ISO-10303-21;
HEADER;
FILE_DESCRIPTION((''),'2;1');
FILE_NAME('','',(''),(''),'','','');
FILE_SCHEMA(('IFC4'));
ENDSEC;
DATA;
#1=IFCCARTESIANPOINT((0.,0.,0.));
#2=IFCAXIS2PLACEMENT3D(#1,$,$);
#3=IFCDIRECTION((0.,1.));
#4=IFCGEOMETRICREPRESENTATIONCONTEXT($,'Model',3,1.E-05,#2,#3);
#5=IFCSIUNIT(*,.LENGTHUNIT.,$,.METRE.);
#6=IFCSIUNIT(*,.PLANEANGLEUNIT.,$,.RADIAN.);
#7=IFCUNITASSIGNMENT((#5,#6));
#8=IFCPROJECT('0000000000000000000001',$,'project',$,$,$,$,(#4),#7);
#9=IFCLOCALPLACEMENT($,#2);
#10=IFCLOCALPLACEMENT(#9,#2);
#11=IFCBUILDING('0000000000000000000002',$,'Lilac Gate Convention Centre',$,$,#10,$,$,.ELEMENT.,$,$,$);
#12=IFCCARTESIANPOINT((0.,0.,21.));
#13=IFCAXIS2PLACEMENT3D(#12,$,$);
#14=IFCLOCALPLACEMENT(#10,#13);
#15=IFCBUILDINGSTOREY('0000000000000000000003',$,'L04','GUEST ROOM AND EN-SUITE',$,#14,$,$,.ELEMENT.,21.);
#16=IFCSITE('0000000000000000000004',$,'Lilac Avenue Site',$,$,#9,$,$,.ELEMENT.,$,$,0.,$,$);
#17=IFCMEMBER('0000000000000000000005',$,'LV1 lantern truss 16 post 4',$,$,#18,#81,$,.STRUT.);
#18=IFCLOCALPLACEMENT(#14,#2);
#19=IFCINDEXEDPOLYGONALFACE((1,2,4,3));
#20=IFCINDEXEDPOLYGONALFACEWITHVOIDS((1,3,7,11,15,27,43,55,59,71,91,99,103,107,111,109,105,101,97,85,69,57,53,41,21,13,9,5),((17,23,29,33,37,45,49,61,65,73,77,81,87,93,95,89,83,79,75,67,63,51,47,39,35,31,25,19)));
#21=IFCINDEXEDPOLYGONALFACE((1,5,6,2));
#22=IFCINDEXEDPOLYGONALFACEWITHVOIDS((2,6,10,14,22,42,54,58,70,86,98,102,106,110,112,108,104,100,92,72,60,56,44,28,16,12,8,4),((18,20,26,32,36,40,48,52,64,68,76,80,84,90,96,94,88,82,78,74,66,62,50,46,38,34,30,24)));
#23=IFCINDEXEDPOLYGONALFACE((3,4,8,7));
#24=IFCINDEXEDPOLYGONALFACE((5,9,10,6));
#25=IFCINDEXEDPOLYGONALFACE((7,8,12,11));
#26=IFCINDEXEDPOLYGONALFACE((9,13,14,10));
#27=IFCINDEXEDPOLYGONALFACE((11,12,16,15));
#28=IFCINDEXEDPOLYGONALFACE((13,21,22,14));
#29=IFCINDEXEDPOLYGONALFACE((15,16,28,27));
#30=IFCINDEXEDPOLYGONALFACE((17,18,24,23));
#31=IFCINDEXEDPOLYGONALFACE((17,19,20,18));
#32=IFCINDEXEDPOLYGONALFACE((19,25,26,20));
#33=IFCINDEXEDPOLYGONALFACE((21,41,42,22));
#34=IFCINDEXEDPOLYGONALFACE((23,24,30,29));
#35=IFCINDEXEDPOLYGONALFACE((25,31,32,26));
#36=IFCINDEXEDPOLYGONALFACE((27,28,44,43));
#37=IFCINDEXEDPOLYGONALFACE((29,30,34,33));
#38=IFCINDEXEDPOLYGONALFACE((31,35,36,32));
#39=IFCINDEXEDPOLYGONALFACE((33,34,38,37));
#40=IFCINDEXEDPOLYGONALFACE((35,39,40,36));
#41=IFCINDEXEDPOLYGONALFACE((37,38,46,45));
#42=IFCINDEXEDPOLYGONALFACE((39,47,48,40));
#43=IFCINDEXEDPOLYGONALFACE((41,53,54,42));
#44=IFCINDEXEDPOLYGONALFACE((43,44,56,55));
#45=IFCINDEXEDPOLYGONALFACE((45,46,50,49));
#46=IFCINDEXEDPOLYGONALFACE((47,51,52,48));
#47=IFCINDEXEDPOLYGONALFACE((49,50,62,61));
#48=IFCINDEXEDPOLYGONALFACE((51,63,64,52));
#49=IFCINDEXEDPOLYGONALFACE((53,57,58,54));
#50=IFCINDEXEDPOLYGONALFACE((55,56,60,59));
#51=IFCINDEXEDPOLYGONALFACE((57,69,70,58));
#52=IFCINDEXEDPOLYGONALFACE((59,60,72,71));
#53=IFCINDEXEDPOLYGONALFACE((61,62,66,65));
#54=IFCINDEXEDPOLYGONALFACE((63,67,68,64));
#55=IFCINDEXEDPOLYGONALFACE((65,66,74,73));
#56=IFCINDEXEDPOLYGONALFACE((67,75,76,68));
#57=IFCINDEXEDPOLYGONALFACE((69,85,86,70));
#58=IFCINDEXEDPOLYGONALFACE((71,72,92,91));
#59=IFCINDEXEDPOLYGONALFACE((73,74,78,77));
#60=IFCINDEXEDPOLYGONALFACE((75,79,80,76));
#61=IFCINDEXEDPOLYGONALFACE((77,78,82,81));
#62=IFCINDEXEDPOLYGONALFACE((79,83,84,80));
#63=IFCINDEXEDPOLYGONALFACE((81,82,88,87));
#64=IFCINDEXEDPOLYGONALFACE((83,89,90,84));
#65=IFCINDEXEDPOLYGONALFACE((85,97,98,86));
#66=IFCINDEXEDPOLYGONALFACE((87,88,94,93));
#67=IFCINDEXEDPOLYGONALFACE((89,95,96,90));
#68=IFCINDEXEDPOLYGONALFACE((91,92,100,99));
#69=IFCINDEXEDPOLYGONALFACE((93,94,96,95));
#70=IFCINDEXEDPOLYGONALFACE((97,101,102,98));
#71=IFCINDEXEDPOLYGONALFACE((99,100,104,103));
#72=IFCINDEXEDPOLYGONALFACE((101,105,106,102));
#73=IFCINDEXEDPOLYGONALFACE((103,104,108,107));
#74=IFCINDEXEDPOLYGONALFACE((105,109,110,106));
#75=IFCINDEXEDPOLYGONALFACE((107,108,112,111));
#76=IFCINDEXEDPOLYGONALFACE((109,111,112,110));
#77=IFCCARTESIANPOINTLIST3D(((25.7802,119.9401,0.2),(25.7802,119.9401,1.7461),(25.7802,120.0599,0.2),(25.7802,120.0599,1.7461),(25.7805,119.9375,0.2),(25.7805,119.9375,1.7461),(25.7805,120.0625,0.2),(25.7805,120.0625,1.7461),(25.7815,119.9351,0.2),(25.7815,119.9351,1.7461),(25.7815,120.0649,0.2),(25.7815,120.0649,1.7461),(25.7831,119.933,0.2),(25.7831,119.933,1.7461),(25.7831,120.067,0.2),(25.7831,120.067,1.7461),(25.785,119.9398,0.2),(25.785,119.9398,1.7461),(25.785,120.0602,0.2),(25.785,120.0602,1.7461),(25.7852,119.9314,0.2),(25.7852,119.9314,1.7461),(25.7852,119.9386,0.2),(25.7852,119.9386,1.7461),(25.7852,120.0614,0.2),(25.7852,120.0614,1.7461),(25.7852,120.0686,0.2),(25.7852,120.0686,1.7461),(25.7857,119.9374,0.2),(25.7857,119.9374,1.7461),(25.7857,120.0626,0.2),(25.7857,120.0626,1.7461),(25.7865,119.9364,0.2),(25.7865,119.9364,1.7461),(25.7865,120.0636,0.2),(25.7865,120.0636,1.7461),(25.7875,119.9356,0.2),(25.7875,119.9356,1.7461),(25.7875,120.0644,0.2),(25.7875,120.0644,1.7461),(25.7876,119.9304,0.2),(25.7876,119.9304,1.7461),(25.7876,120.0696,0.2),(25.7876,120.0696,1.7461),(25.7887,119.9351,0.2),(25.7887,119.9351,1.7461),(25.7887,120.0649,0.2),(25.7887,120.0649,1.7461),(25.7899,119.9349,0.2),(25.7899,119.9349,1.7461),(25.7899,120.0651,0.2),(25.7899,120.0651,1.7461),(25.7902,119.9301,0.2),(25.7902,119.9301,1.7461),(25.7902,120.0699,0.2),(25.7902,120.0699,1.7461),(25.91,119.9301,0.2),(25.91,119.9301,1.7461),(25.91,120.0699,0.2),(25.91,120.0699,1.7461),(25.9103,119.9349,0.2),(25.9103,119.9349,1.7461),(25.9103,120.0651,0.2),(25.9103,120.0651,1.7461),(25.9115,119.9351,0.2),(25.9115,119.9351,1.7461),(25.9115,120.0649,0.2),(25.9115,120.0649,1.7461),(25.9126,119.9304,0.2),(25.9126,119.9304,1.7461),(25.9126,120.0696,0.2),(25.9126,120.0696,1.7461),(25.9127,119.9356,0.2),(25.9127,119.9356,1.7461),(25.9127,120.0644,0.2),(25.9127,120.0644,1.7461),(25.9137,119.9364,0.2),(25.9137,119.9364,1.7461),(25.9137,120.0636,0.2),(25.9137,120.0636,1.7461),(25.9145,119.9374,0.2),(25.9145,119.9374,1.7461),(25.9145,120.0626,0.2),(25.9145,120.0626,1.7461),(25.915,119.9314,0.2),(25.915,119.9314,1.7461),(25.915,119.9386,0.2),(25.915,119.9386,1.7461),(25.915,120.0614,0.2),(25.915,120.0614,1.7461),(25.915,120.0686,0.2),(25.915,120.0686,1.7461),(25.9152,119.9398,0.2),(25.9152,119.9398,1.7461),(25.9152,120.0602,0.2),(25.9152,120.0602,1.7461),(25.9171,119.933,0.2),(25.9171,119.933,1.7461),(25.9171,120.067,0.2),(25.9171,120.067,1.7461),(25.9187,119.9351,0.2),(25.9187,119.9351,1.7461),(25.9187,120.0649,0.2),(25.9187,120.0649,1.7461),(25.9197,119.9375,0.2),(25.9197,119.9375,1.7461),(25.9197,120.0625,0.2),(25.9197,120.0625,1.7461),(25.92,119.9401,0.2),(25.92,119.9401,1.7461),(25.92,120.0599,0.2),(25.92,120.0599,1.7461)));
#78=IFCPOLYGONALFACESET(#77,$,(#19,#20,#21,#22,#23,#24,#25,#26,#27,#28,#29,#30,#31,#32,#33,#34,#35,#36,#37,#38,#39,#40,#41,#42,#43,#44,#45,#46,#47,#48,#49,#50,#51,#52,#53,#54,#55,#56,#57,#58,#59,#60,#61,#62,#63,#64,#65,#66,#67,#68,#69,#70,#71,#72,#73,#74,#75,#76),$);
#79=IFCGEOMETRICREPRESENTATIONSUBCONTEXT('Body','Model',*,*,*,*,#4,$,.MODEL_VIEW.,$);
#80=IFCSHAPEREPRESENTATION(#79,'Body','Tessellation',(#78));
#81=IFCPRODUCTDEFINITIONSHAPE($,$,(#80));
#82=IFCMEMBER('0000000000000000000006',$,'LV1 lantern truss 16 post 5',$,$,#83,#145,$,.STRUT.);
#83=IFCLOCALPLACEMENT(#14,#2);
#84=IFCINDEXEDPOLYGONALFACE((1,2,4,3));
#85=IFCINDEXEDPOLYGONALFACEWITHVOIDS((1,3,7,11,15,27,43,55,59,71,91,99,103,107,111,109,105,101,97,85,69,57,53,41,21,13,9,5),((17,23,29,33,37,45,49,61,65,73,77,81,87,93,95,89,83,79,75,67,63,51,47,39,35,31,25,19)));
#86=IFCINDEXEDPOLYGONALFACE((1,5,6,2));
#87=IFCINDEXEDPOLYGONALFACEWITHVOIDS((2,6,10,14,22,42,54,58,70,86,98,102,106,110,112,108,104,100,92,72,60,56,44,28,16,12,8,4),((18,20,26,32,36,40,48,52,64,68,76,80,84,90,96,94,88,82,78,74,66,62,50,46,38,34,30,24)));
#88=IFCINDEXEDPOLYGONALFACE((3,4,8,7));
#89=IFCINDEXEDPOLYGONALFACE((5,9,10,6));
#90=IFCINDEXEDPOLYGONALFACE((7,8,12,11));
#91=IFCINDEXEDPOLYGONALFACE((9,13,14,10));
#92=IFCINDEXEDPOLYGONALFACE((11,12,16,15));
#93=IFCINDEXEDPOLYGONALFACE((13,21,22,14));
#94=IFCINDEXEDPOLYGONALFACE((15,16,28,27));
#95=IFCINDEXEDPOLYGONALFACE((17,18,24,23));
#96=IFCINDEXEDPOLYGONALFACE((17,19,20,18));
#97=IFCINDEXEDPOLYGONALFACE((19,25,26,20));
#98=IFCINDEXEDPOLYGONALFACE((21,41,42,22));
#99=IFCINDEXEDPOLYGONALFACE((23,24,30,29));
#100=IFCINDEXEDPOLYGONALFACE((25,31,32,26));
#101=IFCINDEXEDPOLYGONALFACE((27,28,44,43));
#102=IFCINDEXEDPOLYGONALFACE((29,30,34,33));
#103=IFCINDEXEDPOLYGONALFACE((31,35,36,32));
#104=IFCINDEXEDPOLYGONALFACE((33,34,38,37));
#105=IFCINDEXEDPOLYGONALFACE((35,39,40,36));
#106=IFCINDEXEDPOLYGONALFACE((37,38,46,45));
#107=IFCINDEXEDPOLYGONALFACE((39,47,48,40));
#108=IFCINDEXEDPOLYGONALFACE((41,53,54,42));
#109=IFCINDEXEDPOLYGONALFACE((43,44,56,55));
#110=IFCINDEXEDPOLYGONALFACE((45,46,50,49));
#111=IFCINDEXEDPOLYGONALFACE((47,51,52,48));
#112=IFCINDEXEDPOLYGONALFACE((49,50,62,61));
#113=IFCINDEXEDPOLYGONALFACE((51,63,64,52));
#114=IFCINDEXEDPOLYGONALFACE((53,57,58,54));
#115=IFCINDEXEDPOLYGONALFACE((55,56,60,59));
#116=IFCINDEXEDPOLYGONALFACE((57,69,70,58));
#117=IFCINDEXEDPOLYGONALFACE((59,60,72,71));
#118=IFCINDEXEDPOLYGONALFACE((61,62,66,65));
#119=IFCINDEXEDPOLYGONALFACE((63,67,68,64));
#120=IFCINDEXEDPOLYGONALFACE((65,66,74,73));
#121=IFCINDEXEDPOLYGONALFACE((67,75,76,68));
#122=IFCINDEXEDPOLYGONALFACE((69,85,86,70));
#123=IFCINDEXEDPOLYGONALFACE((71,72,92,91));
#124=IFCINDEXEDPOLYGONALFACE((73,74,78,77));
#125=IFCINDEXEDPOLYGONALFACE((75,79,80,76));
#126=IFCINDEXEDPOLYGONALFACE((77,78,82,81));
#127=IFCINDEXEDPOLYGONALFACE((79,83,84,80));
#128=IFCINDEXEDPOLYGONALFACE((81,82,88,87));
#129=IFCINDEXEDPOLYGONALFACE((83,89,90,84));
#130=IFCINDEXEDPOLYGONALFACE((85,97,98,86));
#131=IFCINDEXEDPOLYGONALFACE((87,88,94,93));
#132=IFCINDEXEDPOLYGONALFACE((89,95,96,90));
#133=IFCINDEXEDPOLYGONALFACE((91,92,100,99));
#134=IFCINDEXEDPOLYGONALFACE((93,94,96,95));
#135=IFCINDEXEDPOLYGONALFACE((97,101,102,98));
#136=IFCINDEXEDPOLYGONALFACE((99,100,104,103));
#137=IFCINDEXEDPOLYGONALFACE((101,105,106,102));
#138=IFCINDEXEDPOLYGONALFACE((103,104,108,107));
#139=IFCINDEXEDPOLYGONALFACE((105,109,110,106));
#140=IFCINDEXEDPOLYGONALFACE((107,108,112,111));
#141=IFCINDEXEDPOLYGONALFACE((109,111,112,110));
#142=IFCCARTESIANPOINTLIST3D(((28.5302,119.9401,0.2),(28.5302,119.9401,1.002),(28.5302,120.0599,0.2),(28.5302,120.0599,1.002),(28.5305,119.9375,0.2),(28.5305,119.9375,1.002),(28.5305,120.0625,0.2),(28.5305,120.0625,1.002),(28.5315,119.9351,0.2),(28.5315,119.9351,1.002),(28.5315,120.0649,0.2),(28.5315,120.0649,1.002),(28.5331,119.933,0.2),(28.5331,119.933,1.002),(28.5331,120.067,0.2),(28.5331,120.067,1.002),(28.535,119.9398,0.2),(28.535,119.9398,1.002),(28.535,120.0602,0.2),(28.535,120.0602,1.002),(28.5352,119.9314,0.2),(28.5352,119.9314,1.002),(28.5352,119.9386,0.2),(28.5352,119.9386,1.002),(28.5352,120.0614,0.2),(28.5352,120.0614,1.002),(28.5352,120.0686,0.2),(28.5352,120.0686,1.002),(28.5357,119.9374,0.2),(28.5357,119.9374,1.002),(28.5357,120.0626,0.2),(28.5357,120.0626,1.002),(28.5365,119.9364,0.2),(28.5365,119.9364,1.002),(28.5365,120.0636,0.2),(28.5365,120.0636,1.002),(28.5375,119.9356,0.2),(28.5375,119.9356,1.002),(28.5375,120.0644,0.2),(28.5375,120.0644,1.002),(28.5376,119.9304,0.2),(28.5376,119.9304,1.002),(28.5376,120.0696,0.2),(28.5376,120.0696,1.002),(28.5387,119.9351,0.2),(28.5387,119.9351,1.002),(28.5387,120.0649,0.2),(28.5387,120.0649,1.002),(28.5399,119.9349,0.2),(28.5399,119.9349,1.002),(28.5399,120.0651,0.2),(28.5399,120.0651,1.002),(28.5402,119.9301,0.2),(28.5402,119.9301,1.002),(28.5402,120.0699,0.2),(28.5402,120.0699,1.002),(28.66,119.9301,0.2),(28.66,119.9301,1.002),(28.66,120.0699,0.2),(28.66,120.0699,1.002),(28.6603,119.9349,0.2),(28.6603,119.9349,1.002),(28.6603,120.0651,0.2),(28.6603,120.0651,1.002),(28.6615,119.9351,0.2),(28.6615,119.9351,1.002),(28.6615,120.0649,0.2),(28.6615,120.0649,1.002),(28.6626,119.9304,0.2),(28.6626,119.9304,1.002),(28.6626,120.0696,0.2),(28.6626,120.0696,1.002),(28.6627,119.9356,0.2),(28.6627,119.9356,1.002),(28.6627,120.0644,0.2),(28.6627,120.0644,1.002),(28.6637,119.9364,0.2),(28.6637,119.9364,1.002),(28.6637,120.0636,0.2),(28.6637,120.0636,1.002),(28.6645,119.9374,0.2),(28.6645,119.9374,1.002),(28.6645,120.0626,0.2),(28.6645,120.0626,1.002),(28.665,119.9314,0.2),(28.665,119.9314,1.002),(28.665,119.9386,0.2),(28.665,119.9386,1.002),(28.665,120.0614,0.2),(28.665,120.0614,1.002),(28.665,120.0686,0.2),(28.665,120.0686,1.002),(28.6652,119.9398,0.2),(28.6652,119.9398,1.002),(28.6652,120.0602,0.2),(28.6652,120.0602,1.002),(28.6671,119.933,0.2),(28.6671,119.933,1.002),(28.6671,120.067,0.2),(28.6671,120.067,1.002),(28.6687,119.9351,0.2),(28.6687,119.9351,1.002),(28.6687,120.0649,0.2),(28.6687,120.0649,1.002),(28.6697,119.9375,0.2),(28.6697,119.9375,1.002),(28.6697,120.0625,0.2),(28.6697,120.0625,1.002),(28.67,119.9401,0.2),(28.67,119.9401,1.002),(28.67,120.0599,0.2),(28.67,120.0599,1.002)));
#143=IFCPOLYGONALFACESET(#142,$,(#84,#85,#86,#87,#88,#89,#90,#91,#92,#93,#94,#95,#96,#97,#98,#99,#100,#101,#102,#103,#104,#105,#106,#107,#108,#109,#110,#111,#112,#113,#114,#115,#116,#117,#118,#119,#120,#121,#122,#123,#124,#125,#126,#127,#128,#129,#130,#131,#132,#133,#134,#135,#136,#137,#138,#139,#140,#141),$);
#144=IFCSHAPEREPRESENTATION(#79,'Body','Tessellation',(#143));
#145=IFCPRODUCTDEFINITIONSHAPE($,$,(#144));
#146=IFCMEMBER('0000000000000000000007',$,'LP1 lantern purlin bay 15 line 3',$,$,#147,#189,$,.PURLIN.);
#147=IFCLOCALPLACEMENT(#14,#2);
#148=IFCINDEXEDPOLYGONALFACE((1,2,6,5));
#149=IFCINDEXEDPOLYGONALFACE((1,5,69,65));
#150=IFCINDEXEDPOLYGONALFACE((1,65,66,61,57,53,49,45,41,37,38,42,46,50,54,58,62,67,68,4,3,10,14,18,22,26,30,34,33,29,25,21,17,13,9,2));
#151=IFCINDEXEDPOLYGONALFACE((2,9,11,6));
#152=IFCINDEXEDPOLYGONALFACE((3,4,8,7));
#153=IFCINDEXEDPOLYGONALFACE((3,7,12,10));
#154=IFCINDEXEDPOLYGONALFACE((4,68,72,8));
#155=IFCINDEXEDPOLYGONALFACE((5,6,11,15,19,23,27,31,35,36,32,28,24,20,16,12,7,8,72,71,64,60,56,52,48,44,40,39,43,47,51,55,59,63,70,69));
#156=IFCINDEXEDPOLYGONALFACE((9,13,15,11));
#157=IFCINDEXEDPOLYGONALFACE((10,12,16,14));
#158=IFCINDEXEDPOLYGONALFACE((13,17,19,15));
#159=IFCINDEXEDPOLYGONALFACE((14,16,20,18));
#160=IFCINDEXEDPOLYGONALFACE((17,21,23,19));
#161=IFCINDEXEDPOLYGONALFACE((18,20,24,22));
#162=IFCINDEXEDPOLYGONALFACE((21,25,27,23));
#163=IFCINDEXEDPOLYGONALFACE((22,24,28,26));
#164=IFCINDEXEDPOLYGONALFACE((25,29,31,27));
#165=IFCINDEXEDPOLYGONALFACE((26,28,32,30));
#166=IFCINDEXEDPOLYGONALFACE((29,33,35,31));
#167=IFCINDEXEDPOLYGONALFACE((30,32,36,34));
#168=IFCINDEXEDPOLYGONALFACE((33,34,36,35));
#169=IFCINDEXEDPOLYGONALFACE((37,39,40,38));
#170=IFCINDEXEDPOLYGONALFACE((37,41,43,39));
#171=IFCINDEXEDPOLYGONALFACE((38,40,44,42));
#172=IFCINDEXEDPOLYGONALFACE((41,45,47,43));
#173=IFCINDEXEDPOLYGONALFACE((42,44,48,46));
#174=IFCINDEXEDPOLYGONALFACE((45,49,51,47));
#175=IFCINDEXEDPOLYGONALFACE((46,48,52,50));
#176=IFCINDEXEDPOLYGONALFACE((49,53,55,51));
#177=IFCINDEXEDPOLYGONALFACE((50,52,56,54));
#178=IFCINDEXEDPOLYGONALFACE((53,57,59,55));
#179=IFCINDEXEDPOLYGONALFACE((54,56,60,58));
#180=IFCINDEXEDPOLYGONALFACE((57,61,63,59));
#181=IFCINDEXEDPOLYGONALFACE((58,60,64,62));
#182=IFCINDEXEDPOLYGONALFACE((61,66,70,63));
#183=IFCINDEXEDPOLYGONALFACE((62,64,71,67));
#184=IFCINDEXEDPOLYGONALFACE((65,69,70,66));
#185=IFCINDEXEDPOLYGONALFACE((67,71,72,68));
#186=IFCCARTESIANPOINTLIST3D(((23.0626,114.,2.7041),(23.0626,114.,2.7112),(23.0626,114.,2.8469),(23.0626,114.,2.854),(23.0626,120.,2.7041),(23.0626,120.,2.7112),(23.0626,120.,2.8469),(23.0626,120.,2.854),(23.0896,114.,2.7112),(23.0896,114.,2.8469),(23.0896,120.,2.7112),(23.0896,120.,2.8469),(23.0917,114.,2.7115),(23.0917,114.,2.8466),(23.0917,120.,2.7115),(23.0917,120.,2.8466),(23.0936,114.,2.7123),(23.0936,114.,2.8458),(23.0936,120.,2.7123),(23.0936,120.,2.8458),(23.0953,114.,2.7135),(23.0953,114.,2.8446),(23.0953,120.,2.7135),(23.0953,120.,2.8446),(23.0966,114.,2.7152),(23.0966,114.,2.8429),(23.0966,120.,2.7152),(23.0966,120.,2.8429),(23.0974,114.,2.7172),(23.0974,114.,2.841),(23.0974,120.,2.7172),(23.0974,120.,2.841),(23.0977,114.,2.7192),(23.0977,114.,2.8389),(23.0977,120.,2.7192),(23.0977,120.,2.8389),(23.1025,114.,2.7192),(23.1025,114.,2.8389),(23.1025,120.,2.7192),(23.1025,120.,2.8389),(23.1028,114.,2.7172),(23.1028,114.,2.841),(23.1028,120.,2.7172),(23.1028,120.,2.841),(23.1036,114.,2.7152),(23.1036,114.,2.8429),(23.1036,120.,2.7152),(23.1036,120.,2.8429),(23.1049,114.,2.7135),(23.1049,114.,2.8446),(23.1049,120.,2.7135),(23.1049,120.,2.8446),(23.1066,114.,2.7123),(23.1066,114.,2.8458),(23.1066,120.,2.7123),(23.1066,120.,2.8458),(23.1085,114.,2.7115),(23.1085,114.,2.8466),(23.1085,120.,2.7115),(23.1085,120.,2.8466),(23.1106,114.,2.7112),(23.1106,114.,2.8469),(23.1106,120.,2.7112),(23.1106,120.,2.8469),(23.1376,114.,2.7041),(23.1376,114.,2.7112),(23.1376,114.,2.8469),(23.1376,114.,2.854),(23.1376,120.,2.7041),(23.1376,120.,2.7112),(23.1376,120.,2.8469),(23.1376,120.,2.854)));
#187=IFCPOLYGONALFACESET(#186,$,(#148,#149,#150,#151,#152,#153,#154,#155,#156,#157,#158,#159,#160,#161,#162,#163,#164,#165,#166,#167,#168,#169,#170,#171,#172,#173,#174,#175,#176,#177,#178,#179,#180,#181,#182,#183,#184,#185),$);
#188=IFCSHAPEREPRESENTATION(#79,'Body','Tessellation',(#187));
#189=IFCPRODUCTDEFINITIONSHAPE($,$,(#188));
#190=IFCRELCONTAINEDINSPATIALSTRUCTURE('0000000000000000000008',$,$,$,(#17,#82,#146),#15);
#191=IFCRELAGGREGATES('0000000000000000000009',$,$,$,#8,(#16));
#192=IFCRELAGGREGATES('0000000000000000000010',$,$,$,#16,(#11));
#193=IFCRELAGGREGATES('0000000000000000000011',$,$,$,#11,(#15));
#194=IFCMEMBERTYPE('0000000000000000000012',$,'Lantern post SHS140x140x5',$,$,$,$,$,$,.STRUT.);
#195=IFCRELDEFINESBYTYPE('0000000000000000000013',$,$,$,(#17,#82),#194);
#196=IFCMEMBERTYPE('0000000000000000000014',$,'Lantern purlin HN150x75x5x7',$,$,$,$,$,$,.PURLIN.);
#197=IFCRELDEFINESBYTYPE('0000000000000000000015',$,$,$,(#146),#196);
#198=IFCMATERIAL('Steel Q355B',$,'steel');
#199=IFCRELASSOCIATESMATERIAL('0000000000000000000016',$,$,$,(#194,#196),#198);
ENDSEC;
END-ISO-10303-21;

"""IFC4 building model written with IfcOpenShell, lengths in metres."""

from ifc_helpers import new_model, si_unit, direction, frame, origin, origin_2d, place, context, subcontext, project, spatial, hollow_rectangle, i_section, extrude, material, material_profile, profile_set, type_object, element, save


model = new_model("IFC4")

# Units and contexts
model_context = context("Model", 3, precision=1e-05, world=origin(), true_north=direction((0.0, 1.0)))
body_context = subcontext(model_context, "Body", "Model", "MODEL_VIEW")
ifc_project = project(units=[si_unit("LENGTHUNIT", "METRE"), si_unit("PLANEANGLEUNIT", "RADIAN")], contexts=[model_context])

# Site, building, storey
site_placement = place(None, origin())
site = spatial("IfcSite", under=ifc_project, at=site_placement, Name="Lilac Avenue Site", CompositionType="ELEMENT", RefElevation=0.0)
building_placement = place(site_placement, origin())
building = spatial("IfcBuilding", under=site, at=building_placement, Name="Lilac Gate Convention Centre", CompositionType="ELEMENT")
storey_placement = place(building_placement, frame((0.0, 0.0, 21.0)))
storey = spatial("IfcBuildingStorey", under=building, at=storey_placement, Name="L04", Description="GUEST ROOM AND EN-SUITE", CompositionType="ELEMENT", Elevation=21.0)

# Members
ifc_material_1 = material(Name="Steel Q355B", Category="steel")
ifc_material_profile_1 = material_profile(ifc_material_1, hollow_rectangle(XDim=0.1399, YDim=0.1399, WallThickness=0.0049, InnerFilletRadius=0.0049, OuterFilletRadius=0.01, at=origin_2d()), Name="SHS140x140x5")
ifc_profile_set_1 = profile_set([ifc_material_profile_1], Name="Steel Q355B")
member_type_1 = type_object("IfcMemberType", Name="Lantern post SHS140x140x5", PredefinedType="STRUT", material=ifc_profile_set_1)
member_1_placement = place(storey_placement, frame((25.8501, 120.0, 0.2), z_axis=(0.0, 0.0, 1.0), x_axis=(1.0, 0.0, 0.0)))
element("IfcMember", 1, at=member_1_placement, inside=storey, type_object=member_type_1, Name="LV1 lantern truss 16 post 4", PredefinedType="STRUT", context=body_context, shape_type="SweptSolid", body=[
    extrude(hollow_rectangle(XDim=0.1399, YDim=0.1399, WallThickness=0.0049, InnerFilletRadius=0.0049, OuterFilletRadius=0.01, at=origin_2d()), origin(), (0.0, 0.0, 1.0), 1.5461),
])
member_2_placement = place(storey_placement, frame((28.6001, 120.0, 0.2), z_axis=(0.0, 0.0, 1.0), x_axis=(1.0, 0.0, 0.0)))
element("IfcMember", 2, at=member_2_placement, inside=storey, type_object=member_type_1, Name="LV1 lantern truss 16 post 5", PredefinedType="STRUT", context=body_context, shape_type="SweptSolid", body=[
    extrude(hollow_rectangle(XDim=0.1399, YDim=0.1399, WallThickness=0.0049, InnerFilletRadius=0.0049, OuterFilletRadius=0.01, at=origin_2d()), origin(), (0.0, 0.0, 1.0), 0.802),
])
ifc_material_profile_2 = material_profile(ifc_material_1, i_section(OverallWidth=0.075, OverallDepth=0.1499, WebThickness=0.0049, FlangeThickness=0.0071, FilletRadius=0.0081, at=origin_2d()), Name="HN150x75x5x7")
ifc_profile_set_2 = profile_set([ifc_material_profile_2], Name="Steel Q355B")
member_type_2 = type_object("IfcMemberType", Name="Lantern purlin HN150x75x5x7", PredefinedType="PURLIN", material=ifc_profile_set_2)
for number, where, z_axis, x_axis, name in (
    (3, (23.1001, 114.0, 2.7791), (0.0, 1.0, 0.0), (-1.0, 0.0, 0.0), "LP1 lantern purlin bay 15 line 3"),
):
    element("IfcMember", number, at=place(storey_placement, frame(where, z_axis=z_axis, x_axis=x_axis)), inside=storey, type_object=member_type_2, Name=name, PredefinedType="PURLIN", context=body_context, shape_type="SweptSolid", body=[
        extrude(i_section(OverallWidth=0.075, OverallDepth=0.1499, WebThickness=0.0049, FlangeThickness=0.0071, FilletRadius=0.0081, at=origin_2d()), origin(), (0.0, 0.0, 1.0), 6.0),
    ])

save(model, "model.ifc")
